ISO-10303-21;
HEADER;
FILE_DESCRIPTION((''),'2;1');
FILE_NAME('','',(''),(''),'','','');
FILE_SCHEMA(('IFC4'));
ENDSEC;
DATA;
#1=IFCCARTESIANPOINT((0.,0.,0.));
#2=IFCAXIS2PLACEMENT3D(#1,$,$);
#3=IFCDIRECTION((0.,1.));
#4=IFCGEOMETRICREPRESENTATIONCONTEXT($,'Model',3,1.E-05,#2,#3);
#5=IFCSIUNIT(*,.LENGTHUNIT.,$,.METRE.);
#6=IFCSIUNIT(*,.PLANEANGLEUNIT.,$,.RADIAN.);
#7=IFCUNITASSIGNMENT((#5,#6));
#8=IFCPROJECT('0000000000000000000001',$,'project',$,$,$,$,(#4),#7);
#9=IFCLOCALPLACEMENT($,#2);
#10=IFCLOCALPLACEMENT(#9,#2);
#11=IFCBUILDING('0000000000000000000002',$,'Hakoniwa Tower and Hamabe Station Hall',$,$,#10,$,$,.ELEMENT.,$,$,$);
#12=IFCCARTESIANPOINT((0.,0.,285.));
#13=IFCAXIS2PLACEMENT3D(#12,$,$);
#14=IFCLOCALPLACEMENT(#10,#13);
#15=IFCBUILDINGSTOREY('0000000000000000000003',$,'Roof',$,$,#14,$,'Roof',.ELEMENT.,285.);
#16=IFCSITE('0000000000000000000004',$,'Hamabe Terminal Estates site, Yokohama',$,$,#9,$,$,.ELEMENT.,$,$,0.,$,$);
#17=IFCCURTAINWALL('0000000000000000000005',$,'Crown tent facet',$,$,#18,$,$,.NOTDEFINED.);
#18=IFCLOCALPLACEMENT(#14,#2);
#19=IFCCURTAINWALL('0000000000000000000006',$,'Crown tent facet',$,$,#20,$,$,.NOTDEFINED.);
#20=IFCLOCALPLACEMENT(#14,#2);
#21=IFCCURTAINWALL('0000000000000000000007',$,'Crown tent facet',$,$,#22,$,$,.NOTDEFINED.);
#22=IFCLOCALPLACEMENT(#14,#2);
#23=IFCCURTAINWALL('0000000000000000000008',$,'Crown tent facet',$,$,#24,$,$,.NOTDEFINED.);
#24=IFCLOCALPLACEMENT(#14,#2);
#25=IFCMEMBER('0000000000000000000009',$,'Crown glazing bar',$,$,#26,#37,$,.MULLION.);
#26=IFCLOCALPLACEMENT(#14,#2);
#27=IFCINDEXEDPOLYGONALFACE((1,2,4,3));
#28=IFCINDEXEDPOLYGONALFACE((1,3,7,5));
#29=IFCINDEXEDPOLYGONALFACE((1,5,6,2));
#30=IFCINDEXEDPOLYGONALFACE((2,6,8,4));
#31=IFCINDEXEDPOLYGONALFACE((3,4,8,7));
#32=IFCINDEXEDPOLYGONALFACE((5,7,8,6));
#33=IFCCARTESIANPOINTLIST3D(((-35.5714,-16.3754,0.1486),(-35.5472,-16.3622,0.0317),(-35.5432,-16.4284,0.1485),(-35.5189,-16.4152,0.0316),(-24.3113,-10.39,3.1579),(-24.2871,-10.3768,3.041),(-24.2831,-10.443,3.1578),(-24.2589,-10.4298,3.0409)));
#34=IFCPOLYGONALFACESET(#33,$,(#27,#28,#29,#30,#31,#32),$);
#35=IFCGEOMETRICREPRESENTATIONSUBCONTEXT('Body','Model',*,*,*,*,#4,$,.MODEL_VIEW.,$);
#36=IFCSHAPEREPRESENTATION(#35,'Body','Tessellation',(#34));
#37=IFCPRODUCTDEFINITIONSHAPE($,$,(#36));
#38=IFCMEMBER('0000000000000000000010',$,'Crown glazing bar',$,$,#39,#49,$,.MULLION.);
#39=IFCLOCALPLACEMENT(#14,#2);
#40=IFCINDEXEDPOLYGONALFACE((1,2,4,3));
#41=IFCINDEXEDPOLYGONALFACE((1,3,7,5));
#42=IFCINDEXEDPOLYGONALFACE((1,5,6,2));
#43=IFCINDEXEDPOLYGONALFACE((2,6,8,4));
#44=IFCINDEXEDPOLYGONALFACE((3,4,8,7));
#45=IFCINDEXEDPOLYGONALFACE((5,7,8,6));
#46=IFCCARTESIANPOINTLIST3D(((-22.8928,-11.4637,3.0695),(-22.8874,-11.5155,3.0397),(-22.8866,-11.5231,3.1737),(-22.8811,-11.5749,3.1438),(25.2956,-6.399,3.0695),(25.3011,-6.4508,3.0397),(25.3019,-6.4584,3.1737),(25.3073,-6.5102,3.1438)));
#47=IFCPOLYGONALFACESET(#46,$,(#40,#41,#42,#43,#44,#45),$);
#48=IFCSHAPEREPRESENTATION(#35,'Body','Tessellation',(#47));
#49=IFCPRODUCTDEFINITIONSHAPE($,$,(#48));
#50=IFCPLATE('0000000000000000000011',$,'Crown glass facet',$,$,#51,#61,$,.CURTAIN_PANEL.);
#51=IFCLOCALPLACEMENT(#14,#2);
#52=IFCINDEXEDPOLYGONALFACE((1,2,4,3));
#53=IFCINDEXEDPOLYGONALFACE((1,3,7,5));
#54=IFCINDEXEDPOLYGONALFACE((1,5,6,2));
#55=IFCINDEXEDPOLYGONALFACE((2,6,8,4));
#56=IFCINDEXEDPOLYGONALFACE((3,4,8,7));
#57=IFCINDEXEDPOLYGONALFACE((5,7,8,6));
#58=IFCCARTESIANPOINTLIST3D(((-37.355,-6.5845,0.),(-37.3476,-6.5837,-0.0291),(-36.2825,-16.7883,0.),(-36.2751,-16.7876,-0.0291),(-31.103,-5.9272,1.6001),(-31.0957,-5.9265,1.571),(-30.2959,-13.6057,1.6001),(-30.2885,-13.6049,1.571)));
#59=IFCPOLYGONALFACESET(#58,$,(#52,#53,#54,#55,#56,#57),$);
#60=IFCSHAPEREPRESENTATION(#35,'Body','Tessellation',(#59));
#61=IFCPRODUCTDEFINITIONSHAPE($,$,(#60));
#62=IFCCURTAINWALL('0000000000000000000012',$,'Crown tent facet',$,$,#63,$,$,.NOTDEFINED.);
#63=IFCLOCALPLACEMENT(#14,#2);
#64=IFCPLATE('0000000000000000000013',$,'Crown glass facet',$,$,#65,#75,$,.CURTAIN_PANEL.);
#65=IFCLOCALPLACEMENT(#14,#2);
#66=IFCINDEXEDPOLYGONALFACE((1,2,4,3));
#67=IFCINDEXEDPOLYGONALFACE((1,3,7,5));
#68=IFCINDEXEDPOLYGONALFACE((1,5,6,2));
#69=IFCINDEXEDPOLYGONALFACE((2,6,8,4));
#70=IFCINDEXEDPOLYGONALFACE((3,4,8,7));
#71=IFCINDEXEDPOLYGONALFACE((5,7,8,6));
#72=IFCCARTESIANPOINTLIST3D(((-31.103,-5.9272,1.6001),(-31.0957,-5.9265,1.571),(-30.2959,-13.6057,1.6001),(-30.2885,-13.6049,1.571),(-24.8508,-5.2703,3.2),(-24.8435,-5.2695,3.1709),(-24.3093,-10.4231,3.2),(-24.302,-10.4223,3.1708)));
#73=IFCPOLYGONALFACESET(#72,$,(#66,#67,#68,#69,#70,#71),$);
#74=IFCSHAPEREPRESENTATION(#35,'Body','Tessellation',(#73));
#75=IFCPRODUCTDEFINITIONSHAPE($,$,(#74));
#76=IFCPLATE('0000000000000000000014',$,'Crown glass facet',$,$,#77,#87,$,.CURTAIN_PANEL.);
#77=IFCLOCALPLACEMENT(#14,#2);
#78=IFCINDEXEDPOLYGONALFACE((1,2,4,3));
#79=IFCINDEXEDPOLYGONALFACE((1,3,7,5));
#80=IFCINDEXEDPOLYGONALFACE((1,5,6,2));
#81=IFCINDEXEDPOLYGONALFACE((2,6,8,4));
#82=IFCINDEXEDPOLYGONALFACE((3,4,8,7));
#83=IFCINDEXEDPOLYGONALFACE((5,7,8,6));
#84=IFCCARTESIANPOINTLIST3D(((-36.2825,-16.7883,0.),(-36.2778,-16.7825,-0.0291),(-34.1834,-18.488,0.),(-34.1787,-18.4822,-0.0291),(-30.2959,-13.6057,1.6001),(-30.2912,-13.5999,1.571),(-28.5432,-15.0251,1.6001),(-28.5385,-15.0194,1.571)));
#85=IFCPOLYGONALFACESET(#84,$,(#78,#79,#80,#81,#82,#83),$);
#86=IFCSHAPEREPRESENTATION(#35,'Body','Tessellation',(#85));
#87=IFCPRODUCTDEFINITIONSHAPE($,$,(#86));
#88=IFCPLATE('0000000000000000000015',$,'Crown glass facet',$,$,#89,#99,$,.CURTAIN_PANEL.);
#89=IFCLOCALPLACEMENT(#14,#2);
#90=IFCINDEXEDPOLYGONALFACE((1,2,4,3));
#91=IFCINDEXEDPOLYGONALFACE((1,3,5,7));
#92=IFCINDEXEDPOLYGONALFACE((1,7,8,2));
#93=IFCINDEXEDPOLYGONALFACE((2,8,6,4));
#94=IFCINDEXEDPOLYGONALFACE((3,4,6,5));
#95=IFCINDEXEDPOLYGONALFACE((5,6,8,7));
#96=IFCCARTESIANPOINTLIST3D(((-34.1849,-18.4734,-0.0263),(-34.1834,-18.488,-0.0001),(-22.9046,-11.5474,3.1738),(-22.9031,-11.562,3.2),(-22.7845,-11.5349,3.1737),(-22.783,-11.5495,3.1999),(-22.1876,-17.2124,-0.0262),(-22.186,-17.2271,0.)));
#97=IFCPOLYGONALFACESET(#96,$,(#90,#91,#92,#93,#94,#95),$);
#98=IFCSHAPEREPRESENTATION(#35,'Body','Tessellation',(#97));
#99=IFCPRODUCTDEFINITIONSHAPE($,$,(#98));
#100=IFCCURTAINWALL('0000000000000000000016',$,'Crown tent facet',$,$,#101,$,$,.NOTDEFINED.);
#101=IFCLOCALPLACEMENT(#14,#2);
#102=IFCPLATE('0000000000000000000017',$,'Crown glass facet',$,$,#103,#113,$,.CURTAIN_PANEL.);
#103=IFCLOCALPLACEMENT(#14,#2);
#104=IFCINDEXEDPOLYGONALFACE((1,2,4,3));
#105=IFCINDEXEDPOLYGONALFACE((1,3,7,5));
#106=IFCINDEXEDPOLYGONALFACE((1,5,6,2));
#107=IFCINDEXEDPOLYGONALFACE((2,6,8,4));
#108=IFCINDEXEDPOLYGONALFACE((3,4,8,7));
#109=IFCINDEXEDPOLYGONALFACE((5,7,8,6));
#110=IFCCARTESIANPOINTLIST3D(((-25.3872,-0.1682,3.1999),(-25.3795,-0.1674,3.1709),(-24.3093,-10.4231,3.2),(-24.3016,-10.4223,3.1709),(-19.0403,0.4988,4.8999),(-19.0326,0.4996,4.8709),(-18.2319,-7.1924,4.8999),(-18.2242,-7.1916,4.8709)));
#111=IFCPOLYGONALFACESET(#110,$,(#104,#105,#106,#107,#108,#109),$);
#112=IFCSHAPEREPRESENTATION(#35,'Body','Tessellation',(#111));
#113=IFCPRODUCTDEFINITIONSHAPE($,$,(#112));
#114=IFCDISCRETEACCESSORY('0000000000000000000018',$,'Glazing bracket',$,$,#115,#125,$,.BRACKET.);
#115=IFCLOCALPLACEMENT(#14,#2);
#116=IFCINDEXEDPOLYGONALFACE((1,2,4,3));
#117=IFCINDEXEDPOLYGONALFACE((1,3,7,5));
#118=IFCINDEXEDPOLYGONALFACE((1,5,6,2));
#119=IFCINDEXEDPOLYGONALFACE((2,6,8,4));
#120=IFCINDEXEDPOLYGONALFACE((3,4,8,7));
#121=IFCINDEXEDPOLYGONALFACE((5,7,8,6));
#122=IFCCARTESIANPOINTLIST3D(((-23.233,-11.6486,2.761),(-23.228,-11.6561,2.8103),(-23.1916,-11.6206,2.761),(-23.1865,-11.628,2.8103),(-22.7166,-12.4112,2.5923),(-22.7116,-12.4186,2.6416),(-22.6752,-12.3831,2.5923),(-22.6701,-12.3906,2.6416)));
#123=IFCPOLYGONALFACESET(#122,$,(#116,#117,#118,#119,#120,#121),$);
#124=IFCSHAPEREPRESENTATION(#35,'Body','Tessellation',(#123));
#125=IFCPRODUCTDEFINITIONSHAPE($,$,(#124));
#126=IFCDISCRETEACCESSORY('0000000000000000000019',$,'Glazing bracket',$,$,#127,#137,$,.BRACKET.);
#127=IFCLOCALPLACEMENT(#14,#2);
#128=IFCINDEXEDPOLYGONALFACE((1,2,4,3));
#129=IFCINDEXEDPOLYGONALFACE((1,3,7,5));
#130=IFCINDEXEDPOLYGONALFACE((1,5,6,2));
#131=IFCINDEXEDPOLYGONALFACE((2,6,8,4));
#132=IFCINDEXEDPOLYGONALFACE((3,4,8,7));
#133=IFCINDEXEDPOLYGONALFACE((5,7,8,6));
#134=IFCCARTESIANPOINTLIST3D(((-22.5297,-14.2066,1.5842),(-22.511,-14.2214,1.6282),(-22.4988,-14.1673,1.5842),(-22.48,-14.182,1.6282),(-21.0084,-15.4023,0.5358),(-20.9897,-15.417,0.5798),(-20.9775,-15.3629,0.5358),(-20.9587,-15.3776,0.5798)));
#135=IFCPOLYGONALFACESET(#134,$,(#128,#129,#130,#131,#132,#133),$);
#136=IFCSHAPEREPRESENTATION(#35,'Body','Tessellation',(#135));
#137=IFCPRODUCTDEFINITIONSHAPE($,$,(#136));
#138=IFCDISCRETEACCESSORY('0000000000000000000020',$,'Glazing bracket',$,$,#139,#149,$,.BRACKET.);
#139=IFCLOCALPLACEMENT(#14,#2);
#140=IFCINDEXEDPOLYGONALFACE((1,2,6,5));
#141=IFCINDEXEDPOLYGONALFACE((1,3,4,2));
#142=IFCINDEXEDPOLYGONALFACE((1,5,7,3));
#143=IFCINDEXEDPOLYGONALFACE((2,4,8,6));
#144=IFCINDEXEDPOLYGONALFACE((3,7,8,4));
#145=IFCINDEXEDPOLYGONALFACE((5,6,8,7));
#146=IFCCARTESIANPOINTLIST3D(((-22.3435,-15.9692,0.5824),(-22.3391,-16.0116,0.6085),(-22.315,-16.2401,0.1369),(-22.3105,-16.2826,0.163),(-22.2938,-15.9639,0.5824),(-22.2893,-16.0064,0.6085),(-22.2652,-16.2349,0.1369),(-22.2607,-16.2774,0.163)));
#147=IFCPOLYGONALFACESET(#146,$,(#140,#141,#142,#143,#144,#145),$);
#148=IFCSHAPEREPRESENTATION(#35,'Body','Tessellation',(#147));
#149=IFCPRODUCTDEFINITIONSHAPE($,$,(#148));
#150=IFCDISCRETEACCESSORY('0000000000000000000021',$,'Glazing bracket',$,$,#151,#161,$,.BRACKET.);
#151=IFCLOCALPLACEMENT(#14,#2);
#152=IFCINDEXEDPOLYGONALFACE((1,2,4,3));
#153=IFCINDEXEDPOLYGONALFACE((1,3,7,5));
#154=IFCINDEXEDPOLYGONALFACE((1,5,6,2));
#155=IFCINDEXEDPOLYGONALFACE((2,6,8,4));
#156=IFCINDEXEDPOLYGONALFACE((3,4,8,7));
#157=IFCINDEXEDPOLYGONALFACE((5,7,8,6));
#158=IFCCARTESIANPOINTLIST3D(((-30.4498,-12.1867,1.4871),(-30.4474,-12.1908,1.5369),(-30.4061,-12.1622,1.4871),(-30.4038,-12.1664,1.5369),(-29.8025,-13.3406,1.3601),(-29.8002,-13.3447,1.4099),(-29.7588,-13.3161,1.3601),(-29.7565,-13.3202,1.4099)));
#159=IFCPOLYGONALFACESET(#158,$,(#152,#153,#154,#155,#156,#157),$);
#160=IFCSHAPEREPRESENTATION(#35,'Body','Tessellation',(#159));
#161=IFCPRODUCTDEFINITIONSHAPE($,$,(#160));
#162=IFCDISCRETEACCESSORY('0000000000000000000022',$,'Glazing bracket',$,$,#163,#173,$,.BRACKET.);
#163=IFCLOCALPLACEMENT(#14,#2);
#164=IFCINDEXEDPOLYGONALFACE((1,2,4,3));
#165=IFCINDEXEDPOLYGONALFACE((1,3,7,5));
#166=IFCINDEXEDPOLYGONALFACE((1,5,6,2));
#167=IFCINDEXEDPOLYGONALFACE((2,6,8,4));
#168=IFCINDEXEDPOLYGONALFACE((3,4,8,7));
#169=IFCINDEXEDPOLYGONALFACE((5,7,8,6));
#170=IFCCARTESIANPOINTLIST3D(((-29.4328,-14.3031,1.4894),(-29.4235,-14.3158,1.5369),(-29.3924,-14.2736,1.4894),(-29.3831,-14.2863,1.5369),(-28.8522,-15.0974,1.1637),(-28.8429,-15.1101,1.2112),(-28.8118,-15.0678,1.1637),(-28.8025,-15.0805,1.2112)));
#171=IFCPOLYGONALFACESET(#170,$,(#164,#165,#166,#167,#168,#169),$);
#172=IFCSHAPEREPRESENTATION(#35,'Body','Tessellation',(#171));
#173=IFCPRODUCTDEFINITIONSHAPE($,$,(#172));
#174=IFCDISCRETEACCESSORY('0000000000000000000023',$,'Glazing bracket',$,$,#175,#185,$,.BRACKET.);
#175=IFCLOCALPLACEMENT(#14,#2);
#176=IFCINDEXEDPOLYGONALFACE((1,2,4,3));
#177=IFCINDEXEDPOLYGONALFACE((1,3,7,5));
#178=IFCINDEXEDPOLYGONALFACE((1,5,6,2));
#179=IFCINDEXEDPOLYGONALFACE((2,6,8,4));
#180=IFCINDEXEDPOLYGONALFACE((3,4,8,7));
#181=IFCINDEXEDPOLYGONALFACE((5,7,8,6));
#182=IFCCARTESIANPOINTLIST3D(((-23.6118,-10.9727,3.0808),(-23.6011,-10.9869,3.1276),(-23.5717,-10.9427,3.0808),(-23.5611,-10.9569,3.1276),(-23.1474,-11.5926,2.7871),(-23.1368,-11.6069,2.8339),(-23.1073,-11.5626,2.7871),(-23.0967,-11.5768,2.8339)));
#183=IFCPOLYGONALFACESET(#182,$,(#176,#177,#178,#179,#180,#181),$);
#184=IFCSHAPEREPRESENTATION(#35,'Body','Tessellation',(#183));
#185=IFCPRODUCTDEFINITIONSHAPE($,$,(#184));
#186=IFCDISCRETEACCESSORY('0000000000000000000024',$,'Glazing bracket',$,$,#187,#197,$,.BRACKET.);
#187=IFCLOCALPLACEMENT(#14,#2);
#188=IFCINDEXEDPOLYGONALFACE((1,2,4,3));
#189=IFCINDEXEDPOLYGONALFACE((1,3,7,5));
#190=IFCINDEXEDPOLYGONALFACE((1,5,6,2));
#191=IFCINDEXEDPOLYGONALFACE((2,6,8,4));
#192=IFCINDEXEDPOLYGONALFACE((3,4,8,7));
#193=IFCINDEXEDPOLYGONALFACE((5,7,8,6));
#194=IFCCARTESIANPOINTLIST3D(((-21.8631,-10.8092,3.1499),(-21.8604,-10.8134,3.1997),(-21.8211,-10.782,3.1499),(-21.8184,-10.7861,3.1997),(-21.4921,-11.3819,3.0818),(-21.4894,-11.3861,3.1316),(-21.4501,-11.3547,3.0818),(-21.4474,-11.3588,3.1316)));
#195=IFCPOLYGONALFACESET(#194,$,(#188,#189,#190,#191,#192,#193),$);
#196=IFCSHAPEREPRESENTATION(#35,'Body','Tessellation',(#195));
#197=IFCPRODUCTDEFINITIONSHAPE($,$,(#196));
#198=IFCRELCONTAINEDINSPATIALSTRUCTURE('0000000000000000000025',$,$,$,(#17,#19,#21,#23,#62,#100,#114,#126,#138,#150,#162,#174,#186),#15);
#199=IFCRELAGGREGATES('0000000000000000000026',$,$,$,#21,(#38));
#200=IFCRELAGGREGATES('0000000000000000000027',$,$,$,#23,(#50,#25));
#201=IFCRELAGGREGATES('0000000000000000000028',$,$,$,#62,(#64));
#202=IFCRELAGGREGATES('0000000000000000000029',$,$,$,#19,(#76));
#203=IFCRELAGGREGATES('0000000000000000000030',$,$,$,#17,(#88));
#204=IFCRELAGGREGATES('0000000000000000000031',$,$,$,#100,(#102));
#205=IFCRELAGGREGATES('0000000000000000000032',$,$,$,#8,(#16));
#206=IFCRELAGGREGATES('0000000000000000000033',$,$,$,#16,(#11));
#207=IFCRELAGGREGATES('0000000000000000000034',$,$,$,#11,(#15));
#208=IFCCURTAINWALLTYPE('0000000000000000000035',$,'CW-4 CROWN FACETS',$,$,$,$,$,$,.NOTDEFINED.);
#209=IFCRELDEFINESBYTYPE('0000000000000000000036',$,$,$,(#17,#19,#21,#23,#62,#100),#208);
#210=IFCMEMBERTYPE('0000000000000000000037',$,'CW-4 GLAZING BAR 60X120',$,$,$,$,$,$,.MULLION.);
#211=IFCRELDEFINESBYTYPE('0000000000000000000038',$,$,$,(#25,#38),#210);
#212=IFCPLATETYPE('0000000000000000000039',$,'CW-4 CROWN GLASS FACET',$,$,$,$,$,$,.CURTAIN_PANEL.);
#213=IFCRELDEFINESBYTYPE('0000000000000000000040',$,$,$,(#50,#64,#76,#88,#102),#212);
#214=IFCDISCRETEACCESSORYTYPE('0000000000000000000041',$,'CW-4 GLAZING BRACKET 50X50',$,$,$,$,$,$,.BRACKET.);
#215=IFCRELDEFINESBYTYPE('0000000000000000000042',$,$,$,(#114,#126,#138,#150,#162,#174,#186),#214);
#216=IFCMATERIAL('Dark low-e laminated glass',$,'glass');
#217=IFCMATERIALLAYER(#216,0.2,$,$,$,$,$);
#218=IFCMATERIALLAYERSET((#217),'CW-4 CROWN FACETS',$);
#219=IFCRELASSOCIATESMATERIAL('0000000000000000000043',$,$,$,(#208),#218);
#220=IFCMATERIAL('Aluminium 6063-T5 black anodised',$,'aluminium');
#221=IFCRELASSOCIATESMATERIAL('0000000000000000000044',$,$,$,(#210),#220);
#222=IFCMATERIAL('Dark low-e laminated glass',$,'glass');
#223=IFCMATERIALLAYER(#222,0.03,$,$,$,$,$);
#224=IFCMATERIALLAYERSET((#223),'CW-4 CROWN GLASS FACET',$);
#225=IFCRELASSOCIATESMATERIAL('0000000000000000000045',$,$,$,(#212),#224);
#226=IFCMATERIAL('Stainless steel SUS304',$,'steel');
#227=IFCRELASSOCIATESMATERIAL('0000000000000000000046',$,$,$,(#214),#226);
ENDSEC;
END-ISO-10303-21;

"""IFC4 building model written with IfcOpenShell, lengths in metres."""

from ifc_helpers import new_model, si_unit, direction, frame, origin, origin_2d, place, context, subcontext, project, spatial, polyline, rectangle, outline, extrude, material, layer, layer_set, material_profile, profile_set, type_object, element, aggregate, save


model = new_model("IFC4")

# Units and contexts
model_context = context("Model", 3, precision=1e-05, world=origin(), true_north=direction((0.0, 1.0)))
body_context = subcontext(model_context, "Body", "Model", "MODEL_VIEW")
ifc_project = project(units=[si_unit("LENGTHUNIT", "METRE"), si_unit("PLANEANGLEUNIT", "RADIAN")], contexts=[model_context])

# Site, building, storey
site_placement = place(None, origin())
site = spatial("IfcSite", under=ifc_project, at=site_placement, Name="Hamabe Terminal Estates site, Yokohama", CompositionType="ELEMENT", RefElevation=0.0)
building_placement = place(site_placement, origin())
building = spatial("IfcBuilding", under=site, at=building_placement, Name="Hakoniwa Tower and Hamabe Station Hall", CompositionType="ELEMENT")
storey_placement = place(building_placement, frame((0.0, 0.0, 285.0)))
storey = spatial("IfcBuildingStorey", under=building, at=storey_placement, Name="Roof", LongName="Roof", CompositionType="ELEMENT", Elevation=285.0)

# Curtain walls
ifc_material_1 = material(Name="Dark low-e laminated glass", Category="glass")
ifc_layer_1 = layer(ifc_material_1, 0.2)
ifc_layer_set_1 = layer_set([ifc_layer_1], Name="CW-4 CROWN FACETS")
curtain_wall_type = type_object("IfcCurtainWallType", Name="CW-4 CROWN FACETS", PredefinedType="NOTDEFINED", material=ifc_layer_set_1)
curtain_wall_1_placement = place(storey_placement, origin())
curtain_wall_1 = element("IfcCurtainWall", 1, at=curtain_wall_1_placement, inside=storey, type_object=curtain_wall_type, Name="Crown tent facet", PredefinedType="NOTDEFINED")
ifc_material_2 = material(Name="Aluminium 6063-T5 black anodised", Category="aluminium")
ifc_material_profile_1 = material_profile(ifc_material_2, rectangle(XDim=0.0601, YDim=0.1201, at=origin_2d()), Name="CW-4 GLAZING BAR 60X120")
ifc_profile_set_1 = profile_set([ifc_material_profile_1], Name="Aluminium 6063-T5 black anodised")
member_type_1 = type_object("IfcMemberType", Name="CW-4 GLAZING BAR 60X120", PredefinedType="MULLION", material=ifc_profile_set_1)
curtain_wall_2_placement = place(storey_placement, origin())
curtain_wall_2 = element("IfcCurtainWall", 2, at=curtain_wall_2_placement, inside=storey, type_object=curtain_wall_type, Name="Crown tent facet", PredefinedType="NOTDEFINED")
curtain_wall_3_placement = place(storey_placement, origin())
curtain_wall_3 = element("IfcCurtainWall", 3, at=curtain_wall_3_placement, inside=storey, type_object=curtain_wall_type, Name="Crown tent facet", PredefinedType="NOTDEFINED")

# Curtain wall, member
curtain_wall_4_placement = place(storey_placement, origin())
curtain_wall_4 = element("IfcCurtainWall", 4, at=curtain_wall_4_placement, inside=storey, type_object=curtain_wall_type, Name="Crown tent facet", PredefinedType="NOTDEFINED")
member_1_placement = place(storey_placement, frame((-35.5452, -16.3953, 0.0901), z_axis=(0.859398, 0.45682, 0.229677), x_axis=(-0.469845, 0.882746, 0.002297)))
member_1 = element("IfcMember", 5, at=member_1_placement, type_object=member_type_1, Name="Crown glazing bar", PredefinedType="MULLION", context=body_context, shape_type="SweptSolid", body=[
    extrude(rectangle(XDim=0.0601, YDim=0.1201, at=origin_2d()), origin(), (0.0, 0.0, 1.0), 13.1023),
])

# Member
member_2_placement = place(storey_placement, frame((-22.887, -11.5193, 3.1067), z_axis=(0.994522, 0.104526, 0.0), x_axis=(-0.090672, 0.86271, 0.497504)))
member_2 = element("IfcMember", 6, at=member_2_placement, type_object=member_type_1, Name="Crown glazing bar", PredefinedType="MULLION", context=body_context, shape_type="SweptSolid", body=[
    extrude(rectangle(XDim=0.0601, YDim=0.1201, at=origin_2d()), origin(), (0.0, 0.0, 1.0), 48.4539),
])
aggregate(curtain_wall_3, [member_2])

# Plate
ifc_material_3 = material(Name="Dark low-e laminated glass", Category="glass")
ifc_layer_2 = layer(ifc_material_3, 0.03)
ifc_layer_set_2 = layer_set([ifc_layer_2], Name="CW-4 CROWN GLASS FACET")
plate_type = type_object("IfcPlateType", Name="CW-4 CROWN GLASS FACET", PredefinedType="CURTAIN_PANEL", material=ifc_layer_set_2)
plate_1_placement = place(storey_placement, frame((-36.2825, -16.7883, 0.0), z_axis=(-0.245315, -0.025785, 0.9691), x_axis=(-0.104533, 0.994521, 0.000001)))
plate_1 = element("IfcPlate", 7, at=plate_1_placement, type_object=plate_type, Name="Crown glass facet", PredefinedType="CURTAIN_PANEL", context=body_context, shape_type="SweptSolid", body=[
    extrude(outline(polyline([(0.0, 0.0), (10.2601, 0.0), (10.2602, -6.4868), (2.5394, -6.4869), (0.0, 0.0)])), origin(), (0.0, 0.0, -1.0), 0.03),
])
aggregate(curtain_wall_4, [plate_1, member_1])

# Curtain wall, plate
curtain_wall_5_placement = place(storey_placement, origin())
curtain_wall_5 = element("IfcCurtainWall", 8, at=curtain_wall_5_placement, inside=storey, type_object=curtain_wall_type, Name="Crown tent facet", PredefinedType="NOTDEFINED")
plate_2_placement = place(storey_placement, frame((-24.3093, -10.4231, 3.2), z_axis=(-0.245277, -0.02578, 0.96911), x_axis=(-0.859378, -0.456867, -0.229657)))
plate_2 = element("IfcPlate", 9, at=plate_2_placement, type_object=plate_type, Name="Crown glass facet", PredefinedType="CURTAIN_PANEL", context=body_context, shape_type="SweptSolid", body=[
    extrude(outline(polyline([(0.0, 0.0), (6.9662, 0.0), (4.1518, -7.1895), (-1.8888, -4.8247), (0.0, 0.0)])), origin(), (0.0, 0.0, -1.0), 0.03),
])
aggregate(curtain_wall_5, [plate_2])

# Plate
plate_3_placement = place(storey_placement, frame((-36.2825, -16.7883, 0.0), z_axis=(-0.1563, -0.193014, 0.968667), x_axis=(0.859369, 0.456863, 0.229697)))
plate_3 = element("IfcPlate", 10, at=plate_3_placement, type_object=plate_type, Name="Crown glass facet", PredefinedType="CURTAIN_PANEL", context=body_context, shape_type="SweptSolid", body=[
    extrude(outline(polyline([(0.0, 0.0), (6.9662, 0.0), (7.824, -2.0859), (1.0274, -2.498), (0.0, 0.0)])), origin(), (0.0, 0.0, -1.0), 0.03),
])
aggregate(curtain_wall_2, [plate_3])

# Plate
plate_4_placement = place(storey_placement, frame((-22.9031, -11.562, 3.2), z_axis=(0.051102, -0.486267, 0.872315), x_axis=(0.994635, 0.103443, -0.000605)))
plate_4 = element("IfcPlate", 11, at=plate_4_placement, type_object=plate_type, Name="Crown glass facet", PredefinedType="CURTAIN_PANEL", context=body_context, shape_type="SweptSolid", body=[
    extrude(outline(polyline([(0.0, 0.0), (0.1208, 0.0), (0.1291, -6.5445), (-11.9343, -6.5595), (0.0, 0.0)])), origin(), (0.0, 0.0, -1.0), 0.03),
])
aggregate(curtain_wall_1, [plate_4])

# Curtain wall, plate
curtain_wall_6_placement = place(storey_placement, origin())
curtain_wall_6 = element("IfcCurtainWall", 12, at=curtain_wall_6_placement, inside=storey, type_object=curtain_wall_type, Name="Crown tent facet", PredefinedType="NOTDEFINED")
plate_5_placement = place(storey_placement, frame((-24.3093, -10.4231, 3.2), z_axis=(-0.255988, -0.026906, 0.966305), x_axis=(-0.104533, 0.994521, -0.000001)))
plate_5 = element("IfcPlate", 13, at=plate_5_placement, type_object=plate_type, Name="Crown glass facet", PredefinedType="CURTAIN_PANEL", context=body_context, shape_type="SweptSolid", body=[
    extrude(outline(polyline([(0.0, 0.0), (10.3114, 0.0), (10.3112, -6.6044), (2.5777, -6.6043), (0.0, 0.0)])), origin(), (0.0, 0.0, -1.0), 0.03),
])
aggregate(curtain_wall_6, [plate_5])

# Discrete accessories
ifc_material_4 = material(Name="Stainless steel SUS304", Category="steel")
ifc_material_profile_2 = material_profile(ifc_material_4, rectangle(XDim=0.05, YDim=0.05, at=origin_2d()), Name="CW-4 GLAZING BRACKET 50X50")
ifc_profile_set_2 = profile_set([ifc_material_profile_2], Name="Stainless steel SUS304")
discrete_accessory_type = type_object("IfcDiscreteAccessoryType", Name="CW-4 GLAZING BRACKET 50X50", PredefinedType="BRACKET", material=ifc_profile_set_2)
discrete_accessory_1_placement = place(storey_placement, frame((-22.6934, -12.4009, 2.6169), z_axis=(-0.551563, 0.814435, 0.180203), x_axis=(-0.82799, -0.560743, 0.0)))
element("IfcDiscreteAccessory", 14, at=discrete_accessory_1_placement, inside=storey, type_object=discrete_accessory_type, Name="Glazing bracket", PredefinedType="BRACKET", context=body_context, shape_type="SweptSolid", body=[
    extrude(rectangle(XDim=0.05, YDim=0.05, at=origin_2d()), origin(), (0.0, 0.0, 1.0), 0.9363),
])
discrete_accessory_2_placement = place(storey_placement, frame((-22.5049, -14.1943, 1.6062), z_axis=(0.691291, -0.543292, -0.476393), x_axis=(0.617916, 0.786244, 0.0)))
element("IfcDiscreteAccessory", 15, at=discrete_accessory_2_placement, inside=storey, type_object=discrete_accessory_type, Name="Glazing bracket", PredefinedType="BRACKET", context=body_context, shape_type="SweptSolid", body=[
    extrude(rectangle(XDim=0.05, YDim=0.05, at=origin_2d()), origin(), (0.0, 0.0, 1.0), 2.2007),
])
discrete_accessory_3_placement = place(storey_placement, frame((-22.3164, -15.9878, 0.5955), z_axis=(0.054692, -0.518872, -0.853101), x_axis=(0.994491, 0.104825, 0.0)))
element("IfcDiscreteAccessory", 16, at=discrete_accessory_3_placement, inside=storey, type_object=discrete_accessory_type, Name="Glazing bracket", PredefinedType="BRACKET", context=body_context, shape_type="SweptSolid", body=[
    extrude(rectangle(XDim=0.05, YDim=0.05, at=origin_2d()), origin(), (0.0, 0.0, 1.0), 0.5222),
])
discrete_accessory_4_placement = place(storey_placement, frame((-30.4268, -12.1765, 1.512), z_axis=(0.48699, -0.868168, -0.095524), x_axis=(0.872156, 0.489227, 0.0)))
element("IfcDiscreteAccessory", 17, at=discrete_accessory_4_placement, inside=storey, type_object=discrete_accessory_type, Name="Glazing bracket", PredefinedType="BRACKET", context=body_context, shape_type="SweptSolid", body=[
    extrude(rectangle(XDim=0.05, YDim=0.05, at=origin_2d()), origin(), (0.0, 0.0, 1.0), 1.3291),
])
discrete_accessory_5_placement = place(storey_placement, frame((-29.408, -14.2947, 1.5132), z_axis=(0.560244, -0.766389, -0.314283), x_axis=(0.807296, 0.590147, 0.0)))
element("IfcDiscreteAccessory", 18, at=discrete_accessory_5_placement, inside=storey, type_object=discrete_accessory_type, Name="Glazing bracket", PredefinedType="BRACKET", context=body_context, shape_type="SweptSolid", body=[
    extrude(rectangle(XDim=0.05, YDim=0.05, at=origin_2d()), origin(), (0.0, 0.0, 1.0), 1.0364),
])
discrete_accessory_6_placement = place(storey_placement, frame((-23.5864, -10.9648, 3.1042), z_axis=(0.560593, -0.748342, -0.354571), x_axis=(0.80034, 0.599546, 0.0)))
element("IfcDiscreteAccessory", 19, at=discrete_accessory_6_placement, inside=storey, type_object=discrete_accessory_type, Name="Glazing bracket", PredefinedType="BRACKET", context=body_context, shape_type="SweptSolid", body=[
    extrude(rectangle(XDim=0.05, YDim=0.05, at=origin_2d()), origin(), (0.0, 0.0, 1.0), 0.8284),
])
discrete_accessory_7_placement = place(storey_placement, frame((-21.4697, -11.3704, 3.1067), z_axis=(-0.541067, 0.835095, 0.099314), x_axis=(-0.839244, -0.543755, 0.0)))
element("IfcDiscreteAccessory", 20, at=discrete_accessory_7_placement, inside=storey, type_object=discrete_accessory_type, Name="Glazing bracket", PredefinedType="BRACKET", context=body_context, shape_type="SweptSolid", body=[
    extrude(rectangle(XDim=0.05, YDim=0.05, at=origin_2d()), origin(), (0.0, 0.0, 1.0), 0.6858),
])

save(model, "model.ifc")
